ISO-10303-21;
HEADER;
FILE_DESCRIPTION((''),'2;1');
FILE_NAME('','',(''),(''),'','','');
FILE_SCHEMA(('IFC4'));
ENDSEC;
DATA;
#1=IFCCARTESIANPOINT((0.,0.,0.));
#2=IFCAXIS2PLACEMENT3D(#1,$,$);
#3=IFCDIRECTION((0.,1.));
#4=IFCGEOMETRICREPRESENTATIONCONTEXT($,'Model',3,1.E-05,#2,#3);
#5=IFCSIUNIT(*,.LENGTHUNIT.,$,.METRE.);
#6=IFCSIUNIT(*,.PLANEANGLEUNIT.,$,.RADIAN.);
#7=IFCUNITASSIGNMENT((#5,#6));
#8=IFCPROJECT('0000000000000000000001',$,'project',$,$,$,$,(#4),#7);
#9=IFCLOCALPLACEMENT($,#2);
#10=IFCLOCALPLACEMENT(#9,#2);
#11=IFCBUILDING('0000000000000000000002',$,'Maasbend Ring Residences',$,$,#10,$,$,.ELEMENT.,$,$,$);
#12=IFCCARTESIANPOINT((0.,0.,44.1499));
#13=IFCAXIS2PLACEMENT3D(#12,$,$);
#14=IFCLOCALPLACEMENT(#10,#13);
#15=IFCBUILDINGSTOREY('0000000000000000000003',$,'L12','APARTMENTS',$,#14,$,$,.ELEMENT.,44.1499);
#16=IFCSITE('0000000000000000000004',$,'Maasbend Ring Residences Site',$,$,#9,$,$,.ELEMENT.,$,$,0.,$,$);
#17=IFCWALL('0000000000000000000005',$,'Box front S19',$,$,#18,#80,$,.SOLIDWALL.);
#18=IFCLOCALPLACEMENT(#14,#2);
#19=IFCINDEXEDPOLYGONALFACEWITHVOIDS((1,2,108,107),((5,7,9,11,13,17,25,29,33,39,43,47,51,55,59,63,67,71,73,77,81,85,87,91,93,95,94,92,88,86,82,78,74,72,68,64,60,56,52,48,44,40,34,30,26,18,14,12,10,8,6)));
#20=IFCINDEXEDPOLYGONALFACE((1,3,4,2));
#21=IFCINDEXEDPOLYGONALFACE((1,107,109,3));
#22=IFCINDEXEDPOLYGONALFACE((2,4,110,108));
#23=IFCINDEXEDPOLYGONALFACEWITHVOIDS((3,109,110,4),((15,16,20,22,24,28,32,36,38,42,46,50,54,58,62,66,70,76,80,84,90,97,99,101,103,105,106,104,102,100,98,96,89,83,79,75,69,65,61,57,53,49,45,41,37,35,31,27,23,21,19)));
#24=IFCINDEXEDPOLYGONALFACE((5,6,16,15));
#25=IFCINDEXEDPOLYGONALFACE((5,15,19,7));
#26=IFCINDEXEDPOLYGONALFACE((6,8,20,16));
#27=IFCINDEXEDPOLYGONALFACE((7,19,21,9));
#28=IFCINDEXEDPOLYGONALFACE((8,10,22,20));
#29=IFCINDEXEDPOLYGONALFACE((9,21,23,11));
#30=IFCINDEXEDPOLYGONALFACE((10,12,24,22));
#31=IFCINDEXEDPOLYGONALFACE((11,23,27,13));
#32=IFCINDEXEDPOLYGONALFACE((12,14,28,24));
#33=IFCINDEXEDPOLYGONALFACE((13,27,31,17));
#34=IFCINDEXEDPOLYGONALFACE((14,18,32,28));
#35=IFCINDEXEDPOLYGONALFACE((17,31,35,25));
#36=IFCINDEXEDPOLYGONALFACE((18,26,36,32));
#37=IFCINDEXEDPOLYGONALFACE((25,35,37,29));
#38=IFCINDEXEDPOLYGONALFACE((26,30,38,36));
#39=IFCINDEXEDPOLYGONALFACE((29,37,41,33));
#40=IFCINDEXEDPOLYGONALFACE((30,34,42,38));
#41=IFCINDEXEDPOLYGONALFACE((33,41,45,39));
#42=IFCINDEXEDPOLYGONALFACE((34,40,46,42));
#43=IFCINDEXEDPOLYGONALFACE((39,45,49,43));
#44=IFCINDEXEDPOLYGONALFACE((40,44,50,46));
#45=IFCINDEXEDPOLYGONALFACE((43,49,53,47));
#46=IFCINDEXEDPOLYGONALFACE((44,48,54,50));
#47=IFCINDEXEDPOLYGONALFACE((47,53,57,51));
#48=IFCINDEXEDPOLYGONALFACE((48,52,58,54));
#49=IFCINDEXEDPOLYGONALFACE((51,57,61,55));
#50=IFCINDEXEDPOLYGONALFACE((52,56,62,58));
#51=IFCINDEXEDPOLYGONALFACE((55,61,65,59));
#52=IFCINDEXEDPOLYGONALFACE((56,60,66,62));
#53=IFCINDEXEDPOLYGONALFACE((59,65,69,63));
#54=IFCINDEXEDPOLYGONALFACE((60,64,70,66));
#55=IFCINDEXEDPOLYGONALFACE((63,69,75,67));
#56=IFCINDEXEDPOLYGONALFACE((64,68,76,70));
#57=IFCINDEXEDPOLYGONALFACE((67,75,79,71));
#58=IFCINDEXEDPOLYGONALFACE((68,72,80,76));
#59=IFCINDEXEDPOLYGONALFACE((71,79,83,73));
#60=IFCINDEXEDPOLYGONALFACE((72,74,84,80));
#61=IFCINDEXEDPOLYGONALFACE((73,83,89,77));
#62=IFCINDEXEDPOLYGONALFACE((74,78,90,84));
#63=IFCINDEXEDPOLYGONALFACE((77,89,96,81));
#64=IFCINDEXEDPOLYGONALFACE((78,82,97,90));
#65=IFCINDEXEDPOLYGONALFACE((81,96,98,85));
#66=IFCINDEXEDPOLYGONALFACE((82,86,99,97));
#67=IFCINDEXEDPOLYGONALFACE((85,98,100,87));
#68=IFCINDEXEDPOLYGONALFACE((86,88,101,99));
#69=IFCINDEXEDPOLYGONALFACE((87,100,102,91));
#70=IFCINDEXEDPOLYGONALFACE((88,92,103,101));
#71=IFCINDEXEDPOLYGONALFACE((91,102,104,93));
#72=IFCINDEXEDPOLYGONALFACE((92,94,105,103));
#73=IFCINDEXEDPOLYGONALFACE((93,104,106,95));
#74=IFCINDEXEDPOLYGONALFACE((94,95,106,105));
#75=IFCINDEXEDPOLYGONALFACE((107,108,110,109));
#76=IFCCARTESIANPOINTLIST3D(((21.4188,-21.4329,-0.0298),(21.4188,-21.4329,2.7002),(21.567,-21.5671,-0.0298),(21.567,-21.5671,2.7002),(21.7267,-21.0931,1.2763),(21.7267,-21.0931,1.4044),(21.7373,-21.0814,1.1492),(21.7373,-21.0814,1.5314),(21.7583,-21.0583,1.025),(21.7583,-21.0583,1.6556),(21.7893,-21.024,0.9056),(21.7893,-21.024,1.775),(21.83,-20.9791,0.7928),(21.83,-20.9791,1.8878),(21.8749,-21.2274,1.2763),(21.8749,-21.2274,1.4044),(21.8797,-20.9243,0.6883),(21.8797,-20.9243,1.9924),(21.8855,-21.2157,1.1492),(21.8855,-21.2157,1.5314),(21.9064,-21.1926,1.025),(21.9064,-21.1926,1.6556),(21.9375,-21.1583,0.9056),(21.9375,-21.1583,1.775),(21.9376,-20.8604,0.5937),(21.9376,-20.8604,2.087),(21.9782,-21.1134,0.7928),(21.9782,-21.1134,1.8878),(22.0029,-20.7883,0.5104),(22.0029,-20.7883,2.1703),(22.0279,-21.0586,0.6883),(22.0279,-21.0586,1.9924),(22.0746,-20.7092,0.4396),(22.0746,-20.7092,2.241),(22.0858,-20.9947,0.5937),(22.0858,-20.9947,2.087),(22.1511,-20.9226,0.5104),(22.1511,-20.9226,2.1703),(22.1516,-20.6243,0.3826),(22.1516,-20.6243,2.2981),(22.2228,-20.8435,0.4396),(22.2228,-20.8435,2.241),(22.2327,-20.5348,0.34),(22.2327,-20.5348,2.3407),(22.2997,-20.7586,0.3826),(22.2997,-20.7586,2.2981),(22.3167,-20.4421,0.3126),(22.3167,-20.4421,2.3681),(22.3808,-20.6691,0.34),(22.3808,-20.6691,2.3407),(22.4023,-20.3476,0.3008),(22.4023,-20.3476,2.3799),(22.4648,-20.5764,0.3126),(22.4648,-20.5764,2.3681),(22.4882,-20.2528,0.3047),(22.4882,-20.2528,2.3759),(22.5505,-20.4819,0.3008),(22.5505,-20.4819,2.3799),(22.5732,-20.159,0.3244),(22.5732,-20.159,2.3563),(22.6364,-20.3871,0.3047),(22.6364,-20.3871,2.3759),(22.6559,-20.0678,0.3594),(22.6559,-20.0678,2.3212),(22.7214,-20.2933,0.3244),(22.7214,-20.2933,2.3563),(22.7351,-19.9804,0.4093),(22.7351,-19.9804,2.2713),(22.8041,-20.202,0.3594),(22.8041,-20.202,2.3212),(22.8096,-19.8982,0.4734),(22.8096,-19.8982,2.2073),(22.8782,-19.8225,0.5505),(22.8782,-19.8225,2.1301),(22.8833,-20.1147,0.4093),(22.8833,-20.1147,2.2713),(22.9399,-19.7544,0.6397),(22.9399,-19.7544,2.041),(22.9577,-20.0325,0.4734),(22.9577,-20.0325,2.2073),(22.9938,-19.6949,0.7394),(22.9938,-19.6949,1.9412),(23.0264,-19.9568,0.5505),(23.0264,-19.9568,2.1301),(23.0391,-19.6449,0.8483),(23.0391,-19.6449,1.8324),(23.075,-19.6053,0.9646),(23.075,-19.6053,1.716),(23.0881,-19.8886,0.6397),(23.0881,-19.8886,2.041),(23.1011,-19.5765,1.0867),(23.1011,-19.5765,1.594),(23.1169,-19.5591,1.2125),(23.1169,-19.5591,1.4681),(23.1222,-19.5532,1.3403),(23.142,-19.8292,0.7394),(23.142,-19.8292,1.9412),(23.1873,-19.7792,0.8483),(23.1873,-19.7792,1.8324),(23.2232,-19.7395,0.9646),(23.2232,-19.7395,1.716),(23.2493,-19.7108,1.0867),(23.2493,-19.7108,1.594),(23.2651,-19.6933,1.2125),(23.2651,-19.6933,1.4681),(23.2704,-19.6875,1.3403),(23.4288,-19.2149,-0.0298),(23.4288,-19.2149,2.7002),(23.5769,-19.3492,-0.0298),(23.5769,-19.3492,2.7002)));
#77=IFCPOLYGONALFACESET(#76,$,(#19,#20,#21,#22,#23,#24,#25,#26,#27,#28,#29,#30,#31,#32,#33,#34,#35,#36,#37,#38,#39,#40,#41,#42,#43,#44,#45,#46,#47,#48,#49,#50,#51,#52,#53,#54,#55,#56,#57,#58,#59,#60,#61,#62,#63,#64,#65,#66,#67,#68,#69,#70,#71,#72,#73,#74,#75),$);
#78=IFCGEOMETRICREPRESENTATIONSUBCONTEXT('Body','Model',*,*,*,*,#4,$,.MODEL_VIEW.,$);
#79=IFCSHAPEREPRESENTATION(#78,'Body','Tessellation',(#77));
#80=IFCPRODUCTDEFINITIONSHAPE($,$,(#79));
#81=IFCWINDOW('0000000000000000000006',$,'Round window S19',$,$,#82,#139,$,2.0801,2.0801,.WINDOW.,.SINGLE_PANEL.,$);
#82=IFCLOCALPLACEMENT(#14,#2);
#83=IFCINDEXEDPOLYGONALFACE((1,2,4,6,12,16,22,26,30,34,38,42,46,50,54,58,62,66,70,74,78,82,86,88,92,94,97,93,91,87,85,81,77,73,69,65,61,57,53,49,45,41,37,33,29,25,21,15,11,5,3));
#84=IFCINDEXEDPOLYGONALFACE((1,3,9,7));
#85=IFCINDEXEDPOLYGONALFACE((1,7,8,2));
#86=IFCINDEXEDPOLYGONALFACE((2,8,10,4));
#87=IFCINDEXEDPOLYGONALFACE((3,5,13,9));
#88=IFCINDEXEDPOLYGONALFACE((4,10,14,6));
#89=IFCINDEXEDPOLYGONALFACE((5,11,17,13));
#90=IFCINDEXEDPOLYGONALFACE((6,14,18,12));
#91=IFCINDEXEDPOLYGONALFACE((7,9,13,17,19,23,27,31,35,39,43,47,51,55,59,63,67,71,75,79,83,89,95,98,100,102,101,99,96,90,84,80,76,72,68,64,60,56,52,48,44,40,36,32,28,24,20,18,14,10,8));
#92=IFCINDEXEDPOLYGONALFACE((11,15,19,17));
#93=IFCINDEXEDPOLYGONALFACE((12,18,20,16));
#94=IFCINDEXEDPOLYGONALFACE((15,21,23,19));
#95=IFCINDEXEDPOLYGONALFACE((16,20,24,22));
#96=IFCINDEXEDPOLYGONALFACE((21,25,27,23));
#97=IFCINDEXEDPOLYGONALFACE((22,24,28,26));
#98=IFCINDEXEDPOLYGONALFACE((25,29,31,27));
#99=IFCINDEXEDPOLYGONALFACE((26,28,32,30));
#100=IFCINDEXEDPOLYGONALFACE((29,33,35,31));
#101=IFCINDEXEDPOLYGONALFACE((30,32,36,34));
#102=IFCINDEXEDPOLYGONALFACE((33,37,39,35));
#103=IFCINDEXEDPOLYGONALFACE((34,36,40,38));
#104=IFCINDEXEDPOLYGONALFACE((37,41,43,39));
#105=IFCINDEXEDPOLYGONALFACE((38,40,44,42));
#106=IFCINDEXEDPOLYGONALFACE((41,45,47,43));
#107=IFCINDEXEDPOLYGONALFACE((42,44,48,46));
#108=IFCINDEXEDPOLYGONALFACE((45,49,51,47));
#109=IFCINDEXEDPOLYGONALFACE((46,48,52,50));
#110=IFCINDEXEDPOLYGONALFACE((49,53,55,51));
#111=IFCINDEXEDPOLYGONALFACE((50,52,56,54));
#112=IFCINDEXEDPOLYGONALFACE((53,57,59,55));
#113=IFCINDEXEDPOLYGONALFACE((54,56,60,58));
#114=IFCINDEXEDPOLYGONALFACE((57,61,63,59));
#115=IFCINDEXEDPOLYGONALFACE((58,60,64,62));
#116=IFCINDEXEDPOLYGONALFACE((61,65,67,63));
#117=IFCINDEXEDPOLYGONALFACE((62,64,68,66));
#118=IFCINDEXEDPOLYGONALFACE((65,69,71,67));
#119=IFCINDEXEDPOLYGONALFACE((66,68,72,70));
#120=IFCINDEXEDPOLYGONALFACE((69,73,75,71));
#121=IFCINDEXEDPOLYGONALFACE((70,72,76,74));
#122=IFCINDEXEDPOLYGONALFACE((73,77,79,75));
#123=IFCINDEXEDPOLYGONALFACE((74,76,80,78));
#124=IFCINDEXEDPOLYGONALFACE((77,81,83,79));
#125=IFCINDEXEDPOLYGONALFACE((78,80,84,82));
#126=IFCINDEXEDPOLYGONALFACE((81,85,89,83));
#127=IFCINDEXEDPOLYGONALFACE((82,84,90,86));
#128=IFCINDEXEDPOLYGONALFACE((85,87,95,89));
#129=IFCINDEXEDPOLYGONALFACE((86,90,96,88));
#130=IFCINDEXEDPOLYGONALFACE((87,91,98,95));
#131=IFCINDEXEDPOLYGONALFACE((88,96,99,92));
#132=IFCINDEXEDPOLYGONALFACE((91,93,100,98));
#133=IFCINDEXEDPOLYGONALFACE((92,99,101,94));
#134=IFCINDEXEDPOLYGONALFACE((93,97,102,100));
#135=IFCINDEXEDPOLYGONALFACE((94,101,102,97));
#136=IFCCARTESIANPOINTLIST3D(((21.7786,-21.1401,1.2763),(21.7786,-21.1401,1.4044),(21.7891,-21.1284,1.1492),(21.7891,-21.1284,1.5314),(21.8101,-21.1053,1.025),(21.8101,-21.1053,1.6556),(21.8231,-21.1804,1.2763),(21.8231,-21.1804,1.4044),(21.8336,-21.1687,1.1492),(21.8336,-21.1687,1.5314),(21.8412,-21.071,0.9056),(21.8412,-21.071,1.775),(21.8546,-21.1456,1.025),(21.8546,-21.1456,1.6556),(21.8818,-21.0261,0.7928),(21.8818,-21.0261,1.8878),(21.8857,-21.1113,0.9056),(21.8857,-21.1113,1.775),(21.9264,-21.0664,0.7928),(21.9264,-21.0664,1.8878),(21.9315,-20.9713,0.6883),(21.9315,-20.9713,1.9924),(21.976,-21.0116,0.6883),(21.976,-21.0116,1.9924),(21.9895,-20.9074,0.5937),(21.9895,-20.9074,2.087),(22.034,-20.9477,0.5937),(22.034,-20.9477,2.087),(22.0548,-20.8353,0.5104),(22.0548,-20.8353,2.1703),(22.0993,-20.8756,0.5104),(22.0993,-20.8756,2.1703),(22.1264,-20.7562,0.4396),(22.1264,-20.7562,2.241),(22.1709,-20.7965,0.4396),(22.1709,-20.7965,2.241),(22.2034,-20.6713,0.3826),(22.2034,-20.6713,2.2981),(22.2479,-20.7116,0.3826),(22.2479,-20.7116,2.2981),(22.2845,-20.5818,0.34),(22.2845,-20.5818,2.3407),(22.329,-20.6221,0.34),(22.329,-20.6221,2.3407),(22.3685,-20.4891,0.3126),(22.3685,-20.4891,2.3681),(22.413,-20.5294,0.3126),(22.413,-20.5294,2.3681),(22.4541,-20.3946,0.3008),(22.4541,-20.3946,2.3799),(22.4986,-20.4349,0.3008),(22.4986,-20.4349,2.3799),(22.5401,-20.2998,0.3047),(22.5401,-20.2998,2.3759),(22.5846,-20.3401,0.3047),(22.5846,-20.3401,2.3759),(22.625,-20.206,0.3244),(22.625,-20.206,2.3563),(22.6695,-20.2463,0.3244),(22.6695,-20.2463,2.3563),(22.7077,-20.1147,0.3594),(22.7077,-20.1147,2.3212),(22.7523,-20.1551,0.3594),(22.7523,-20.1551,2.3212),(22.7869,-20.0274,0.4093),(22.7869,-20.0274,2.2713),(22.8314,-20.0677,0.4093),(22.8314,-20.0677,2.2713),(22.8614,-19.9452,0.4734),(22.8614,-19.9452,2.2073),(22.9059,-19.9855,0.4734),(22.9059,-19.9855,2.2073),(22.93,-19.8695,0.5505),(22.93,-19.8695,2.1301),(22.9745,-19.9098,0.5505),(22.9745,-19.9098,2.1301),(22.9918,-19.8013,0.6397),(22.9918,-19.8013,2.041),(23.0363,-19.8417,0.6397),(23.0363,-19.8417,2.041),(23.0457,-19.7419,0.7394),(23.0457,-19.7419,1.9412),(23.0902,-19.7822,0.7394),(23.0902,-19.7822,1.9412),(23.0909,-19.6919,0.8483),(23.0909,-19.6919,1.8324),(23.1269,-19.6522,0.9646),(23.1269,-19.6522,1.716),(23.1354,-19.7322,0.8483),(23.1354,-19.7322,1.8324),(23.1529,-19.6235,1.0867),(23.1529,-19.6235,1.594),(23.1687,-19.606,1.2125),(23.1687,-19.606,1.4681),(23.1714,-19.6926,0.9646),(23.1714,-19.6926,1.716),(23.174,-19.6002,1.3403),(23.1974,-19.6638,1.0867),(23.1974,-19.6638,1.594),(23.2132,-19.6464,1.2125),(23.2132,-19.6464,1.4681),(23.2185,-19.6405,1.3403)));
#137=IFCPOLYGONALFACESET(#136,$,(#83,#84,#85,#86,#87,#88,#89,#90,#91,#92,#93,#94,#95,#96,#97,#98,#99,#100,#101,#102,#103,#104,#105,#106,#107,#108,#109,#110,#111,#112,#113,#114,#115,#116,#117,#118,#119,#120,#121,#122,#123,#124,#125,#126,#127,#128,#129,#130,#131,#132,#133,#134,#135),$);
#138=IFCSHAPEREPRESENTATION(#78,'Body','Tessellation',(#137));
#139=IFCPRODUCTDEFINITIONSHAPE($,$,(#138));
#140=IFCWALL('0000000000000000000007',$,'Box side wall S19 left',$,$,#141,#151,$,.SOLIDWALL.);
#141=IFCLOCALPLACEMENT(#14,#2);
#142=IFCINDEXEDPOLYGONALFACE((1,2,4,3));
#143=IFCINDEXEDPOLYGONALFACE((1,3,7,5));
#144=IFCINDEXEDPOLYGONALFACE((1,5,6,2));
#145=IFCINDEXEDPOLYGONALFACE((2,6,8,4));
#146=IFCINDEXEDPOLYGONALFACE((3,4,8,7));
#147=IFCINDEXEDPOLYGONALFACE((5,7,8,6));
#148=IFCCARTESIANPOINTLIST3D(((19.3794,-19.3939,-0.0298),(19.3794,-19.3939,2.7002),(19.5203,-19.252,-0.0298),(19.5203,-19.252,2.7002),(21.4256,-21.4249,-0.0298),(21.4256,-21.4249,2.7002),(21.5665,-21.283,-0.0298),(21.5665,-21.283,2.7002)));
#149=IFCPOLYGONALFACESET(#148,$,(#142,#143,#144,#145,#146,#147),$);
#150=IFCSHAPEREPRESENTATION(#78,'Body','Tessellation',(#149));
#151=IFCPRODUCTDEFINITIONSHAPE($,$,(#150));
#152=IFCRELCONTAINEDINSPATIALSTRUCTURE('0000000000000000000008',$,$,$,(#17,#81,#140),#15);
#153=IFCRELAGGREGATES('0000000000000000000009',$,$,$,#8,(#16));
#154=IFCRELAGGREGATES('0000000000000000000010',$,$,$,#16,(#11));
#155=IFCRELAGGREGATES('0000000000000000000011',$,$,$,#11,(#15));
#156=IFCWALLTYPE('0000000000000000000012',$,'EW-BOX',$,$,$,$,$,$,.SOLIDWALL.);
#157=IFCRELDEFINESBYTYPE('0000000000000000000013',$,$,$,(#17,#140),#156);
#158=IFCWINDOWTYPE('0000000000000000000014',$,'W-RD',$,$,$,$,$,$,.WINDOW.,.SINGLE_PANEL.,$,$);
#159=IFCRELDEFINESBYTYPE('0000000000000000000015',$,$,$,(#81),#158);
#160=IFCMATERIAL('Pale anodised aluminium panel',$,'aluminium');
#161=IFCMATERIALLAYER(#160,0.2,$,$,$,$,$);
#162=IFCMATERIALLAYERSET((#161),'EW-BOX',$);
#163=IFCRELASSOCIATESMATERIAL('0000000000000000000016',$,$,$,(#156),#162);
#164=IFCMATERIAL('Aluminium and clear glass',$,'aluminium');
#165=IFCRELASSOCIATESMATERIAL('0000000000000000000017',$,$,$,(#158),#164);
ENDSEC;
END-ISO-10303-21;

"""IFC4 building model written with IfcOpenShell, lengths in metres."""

from ifc_helpers import new_model, si_unit, direction, frame, frame_2d, origin, place, context, subcontext, project, spatial, rectangle, circle, extrude, material, layer, layer_set, type_object, element, fill, save


model = new_model("IFC4")

# Units and contexts
model_context = context("Model", 3, precision=1e-05, world=origin(), true_north=direction((0.0, 1.0)))
body_context = subcontext(model_context, "Body", "Model", "MODEL_VIEW")
ifc_project = project(units=[si_unit("LENGTHUNIT", "METRE"), si_unit("PLANEANGLEUNIT", "RADIAN")], contexts=[model_context])

# Site, building, storey
site_placement = place(None, origin())
site = spatial("IfcSite", under=ifc_project, at=site_placement, Name="Maasbend Ring Residences Site", CompositionType="ELEMENT", RefElevation=0.0)
building_placement = place(site_placement, origin())
building = spatial("IfcBuilding", under=site, at=building_placement, Name="Maasbend Ring Residences", CompositionType="ELEMENT")
storey_placement = place(building_placement, frame((0.0, 0.0, 44.1499)))
storey = spatial("IfcBuildingStorey", under=building, at=storey_placement, Name="L12", Description="APARTMENTS", CompositionType="ELEMENT", Elevation=44.1499)

# Shared definitions
ifc_material_1 = material(Name="Pale anodised aluminium panel", Category="aluminium")
ifc_layer_1 = layer(ifc_material_1, 0.2)
ifc_layer_set_1 = layer_set([ifc_layer_1], Name="EW-BOX")
wall_type_1 = type_object("IfcWallType", Name="EW-BOX", PredefinedType="SOLIDWALL", material=ifc_layer_set_1)
ifc_material_2 = material(Name="Aluminium and clear glass", Category="aluminium")
window_type_1 = type_object("IfcWindowType", Name="W-RD", PartitioningType="SINGLE_PANEL", PredefinedType="WINDOW", material=ifc_material_2)

# Wall, opening, window
wall_1_placement = place(storey_placement, frame((21.4929, -21.5, -0.0298), z_axis=(0.0, 0.0, 1.0), x_axis=(0.671507, 0.740998, 0.0)))
wall_1 = element("IfcWall", 1, at=wall_1_placement, inside=storey, type_object=wall_type_1, Name="Box front S19", PredefinedType="SOLIDWALL", context=body_context, shape_type="SweptSolid", body=[
    extrude(rectangle(XDim=2.9932, YDim=0.2, at=frame_2d((1.4966, 0.0))), origin(), (0.0, 0.0, 1.0), 2.73),
])
opening_1_placement = place(wall_1_placement, frame((0.4565, 0.0, 0.3301)))
opening_1 = element("IfcOpeningElement", 2, at=opening_1_placement, cuts=wall_1, PredefinedType="OPENING", context=body_context, shape_type="SweptSolid", body=[
    extrude(circle(Radius=1.04, at=frame_2d((1.04, 1.04))), frame((0.0, 0.1099, 0.0), z_axis=(0.0, -1.0, 0.0), x_axis=(1.0, 0.0, 0.0)), (0.0, 0.0, 1.0), 0.22),
])
window_1_placement = place(opening_1_placement, origin())
window_1 = element("IfcWindow", 3, at=window_1_placement, inside=storey, type_object=window_type_1, Name="Round window S19", OverallHeight=2.0801, OverallWidth=2.0801, PartitioningType="SINGLE_PANEL", PredefinedType="WINDOW", context=body_context, shape_type="SweptSolid", body=[
    extrude(circle(Radius=1.04, at=frame_2d((1.04, 1.04))), frame((0.0, 0.03, 0.0), z_axis=(0.0, -1.0, 0.0), x_axis=(1.0, 0.0, 0.0)), (0.0, 0.0, 1.0), 0.0601),
])
fill(opening_1, window_1)

# Wall
wall_2_placement = place(storey_placement, frame((19.45, -19.323, -0.0298), z_axis=(0.0, 0.0, 1.0), x_axis=(0.709727, -0.704477, 0.0)))
element("IfcWall", 4, at=wall_2_placement, inside=storey, type_object=wall_type_1, Name="Box side wall S19 left", PredefinedType="SOLIDWALL", context=body_context, shape_type="SweptSolid", body=[
    extrude(rectangle(XDim=2.8831, YDim=0.2, at=frame_2d((1.4414, 0.0))), origin(), (0.0, 0.0, 1.0), 2.73),
])

save(model, "model.ifc")
